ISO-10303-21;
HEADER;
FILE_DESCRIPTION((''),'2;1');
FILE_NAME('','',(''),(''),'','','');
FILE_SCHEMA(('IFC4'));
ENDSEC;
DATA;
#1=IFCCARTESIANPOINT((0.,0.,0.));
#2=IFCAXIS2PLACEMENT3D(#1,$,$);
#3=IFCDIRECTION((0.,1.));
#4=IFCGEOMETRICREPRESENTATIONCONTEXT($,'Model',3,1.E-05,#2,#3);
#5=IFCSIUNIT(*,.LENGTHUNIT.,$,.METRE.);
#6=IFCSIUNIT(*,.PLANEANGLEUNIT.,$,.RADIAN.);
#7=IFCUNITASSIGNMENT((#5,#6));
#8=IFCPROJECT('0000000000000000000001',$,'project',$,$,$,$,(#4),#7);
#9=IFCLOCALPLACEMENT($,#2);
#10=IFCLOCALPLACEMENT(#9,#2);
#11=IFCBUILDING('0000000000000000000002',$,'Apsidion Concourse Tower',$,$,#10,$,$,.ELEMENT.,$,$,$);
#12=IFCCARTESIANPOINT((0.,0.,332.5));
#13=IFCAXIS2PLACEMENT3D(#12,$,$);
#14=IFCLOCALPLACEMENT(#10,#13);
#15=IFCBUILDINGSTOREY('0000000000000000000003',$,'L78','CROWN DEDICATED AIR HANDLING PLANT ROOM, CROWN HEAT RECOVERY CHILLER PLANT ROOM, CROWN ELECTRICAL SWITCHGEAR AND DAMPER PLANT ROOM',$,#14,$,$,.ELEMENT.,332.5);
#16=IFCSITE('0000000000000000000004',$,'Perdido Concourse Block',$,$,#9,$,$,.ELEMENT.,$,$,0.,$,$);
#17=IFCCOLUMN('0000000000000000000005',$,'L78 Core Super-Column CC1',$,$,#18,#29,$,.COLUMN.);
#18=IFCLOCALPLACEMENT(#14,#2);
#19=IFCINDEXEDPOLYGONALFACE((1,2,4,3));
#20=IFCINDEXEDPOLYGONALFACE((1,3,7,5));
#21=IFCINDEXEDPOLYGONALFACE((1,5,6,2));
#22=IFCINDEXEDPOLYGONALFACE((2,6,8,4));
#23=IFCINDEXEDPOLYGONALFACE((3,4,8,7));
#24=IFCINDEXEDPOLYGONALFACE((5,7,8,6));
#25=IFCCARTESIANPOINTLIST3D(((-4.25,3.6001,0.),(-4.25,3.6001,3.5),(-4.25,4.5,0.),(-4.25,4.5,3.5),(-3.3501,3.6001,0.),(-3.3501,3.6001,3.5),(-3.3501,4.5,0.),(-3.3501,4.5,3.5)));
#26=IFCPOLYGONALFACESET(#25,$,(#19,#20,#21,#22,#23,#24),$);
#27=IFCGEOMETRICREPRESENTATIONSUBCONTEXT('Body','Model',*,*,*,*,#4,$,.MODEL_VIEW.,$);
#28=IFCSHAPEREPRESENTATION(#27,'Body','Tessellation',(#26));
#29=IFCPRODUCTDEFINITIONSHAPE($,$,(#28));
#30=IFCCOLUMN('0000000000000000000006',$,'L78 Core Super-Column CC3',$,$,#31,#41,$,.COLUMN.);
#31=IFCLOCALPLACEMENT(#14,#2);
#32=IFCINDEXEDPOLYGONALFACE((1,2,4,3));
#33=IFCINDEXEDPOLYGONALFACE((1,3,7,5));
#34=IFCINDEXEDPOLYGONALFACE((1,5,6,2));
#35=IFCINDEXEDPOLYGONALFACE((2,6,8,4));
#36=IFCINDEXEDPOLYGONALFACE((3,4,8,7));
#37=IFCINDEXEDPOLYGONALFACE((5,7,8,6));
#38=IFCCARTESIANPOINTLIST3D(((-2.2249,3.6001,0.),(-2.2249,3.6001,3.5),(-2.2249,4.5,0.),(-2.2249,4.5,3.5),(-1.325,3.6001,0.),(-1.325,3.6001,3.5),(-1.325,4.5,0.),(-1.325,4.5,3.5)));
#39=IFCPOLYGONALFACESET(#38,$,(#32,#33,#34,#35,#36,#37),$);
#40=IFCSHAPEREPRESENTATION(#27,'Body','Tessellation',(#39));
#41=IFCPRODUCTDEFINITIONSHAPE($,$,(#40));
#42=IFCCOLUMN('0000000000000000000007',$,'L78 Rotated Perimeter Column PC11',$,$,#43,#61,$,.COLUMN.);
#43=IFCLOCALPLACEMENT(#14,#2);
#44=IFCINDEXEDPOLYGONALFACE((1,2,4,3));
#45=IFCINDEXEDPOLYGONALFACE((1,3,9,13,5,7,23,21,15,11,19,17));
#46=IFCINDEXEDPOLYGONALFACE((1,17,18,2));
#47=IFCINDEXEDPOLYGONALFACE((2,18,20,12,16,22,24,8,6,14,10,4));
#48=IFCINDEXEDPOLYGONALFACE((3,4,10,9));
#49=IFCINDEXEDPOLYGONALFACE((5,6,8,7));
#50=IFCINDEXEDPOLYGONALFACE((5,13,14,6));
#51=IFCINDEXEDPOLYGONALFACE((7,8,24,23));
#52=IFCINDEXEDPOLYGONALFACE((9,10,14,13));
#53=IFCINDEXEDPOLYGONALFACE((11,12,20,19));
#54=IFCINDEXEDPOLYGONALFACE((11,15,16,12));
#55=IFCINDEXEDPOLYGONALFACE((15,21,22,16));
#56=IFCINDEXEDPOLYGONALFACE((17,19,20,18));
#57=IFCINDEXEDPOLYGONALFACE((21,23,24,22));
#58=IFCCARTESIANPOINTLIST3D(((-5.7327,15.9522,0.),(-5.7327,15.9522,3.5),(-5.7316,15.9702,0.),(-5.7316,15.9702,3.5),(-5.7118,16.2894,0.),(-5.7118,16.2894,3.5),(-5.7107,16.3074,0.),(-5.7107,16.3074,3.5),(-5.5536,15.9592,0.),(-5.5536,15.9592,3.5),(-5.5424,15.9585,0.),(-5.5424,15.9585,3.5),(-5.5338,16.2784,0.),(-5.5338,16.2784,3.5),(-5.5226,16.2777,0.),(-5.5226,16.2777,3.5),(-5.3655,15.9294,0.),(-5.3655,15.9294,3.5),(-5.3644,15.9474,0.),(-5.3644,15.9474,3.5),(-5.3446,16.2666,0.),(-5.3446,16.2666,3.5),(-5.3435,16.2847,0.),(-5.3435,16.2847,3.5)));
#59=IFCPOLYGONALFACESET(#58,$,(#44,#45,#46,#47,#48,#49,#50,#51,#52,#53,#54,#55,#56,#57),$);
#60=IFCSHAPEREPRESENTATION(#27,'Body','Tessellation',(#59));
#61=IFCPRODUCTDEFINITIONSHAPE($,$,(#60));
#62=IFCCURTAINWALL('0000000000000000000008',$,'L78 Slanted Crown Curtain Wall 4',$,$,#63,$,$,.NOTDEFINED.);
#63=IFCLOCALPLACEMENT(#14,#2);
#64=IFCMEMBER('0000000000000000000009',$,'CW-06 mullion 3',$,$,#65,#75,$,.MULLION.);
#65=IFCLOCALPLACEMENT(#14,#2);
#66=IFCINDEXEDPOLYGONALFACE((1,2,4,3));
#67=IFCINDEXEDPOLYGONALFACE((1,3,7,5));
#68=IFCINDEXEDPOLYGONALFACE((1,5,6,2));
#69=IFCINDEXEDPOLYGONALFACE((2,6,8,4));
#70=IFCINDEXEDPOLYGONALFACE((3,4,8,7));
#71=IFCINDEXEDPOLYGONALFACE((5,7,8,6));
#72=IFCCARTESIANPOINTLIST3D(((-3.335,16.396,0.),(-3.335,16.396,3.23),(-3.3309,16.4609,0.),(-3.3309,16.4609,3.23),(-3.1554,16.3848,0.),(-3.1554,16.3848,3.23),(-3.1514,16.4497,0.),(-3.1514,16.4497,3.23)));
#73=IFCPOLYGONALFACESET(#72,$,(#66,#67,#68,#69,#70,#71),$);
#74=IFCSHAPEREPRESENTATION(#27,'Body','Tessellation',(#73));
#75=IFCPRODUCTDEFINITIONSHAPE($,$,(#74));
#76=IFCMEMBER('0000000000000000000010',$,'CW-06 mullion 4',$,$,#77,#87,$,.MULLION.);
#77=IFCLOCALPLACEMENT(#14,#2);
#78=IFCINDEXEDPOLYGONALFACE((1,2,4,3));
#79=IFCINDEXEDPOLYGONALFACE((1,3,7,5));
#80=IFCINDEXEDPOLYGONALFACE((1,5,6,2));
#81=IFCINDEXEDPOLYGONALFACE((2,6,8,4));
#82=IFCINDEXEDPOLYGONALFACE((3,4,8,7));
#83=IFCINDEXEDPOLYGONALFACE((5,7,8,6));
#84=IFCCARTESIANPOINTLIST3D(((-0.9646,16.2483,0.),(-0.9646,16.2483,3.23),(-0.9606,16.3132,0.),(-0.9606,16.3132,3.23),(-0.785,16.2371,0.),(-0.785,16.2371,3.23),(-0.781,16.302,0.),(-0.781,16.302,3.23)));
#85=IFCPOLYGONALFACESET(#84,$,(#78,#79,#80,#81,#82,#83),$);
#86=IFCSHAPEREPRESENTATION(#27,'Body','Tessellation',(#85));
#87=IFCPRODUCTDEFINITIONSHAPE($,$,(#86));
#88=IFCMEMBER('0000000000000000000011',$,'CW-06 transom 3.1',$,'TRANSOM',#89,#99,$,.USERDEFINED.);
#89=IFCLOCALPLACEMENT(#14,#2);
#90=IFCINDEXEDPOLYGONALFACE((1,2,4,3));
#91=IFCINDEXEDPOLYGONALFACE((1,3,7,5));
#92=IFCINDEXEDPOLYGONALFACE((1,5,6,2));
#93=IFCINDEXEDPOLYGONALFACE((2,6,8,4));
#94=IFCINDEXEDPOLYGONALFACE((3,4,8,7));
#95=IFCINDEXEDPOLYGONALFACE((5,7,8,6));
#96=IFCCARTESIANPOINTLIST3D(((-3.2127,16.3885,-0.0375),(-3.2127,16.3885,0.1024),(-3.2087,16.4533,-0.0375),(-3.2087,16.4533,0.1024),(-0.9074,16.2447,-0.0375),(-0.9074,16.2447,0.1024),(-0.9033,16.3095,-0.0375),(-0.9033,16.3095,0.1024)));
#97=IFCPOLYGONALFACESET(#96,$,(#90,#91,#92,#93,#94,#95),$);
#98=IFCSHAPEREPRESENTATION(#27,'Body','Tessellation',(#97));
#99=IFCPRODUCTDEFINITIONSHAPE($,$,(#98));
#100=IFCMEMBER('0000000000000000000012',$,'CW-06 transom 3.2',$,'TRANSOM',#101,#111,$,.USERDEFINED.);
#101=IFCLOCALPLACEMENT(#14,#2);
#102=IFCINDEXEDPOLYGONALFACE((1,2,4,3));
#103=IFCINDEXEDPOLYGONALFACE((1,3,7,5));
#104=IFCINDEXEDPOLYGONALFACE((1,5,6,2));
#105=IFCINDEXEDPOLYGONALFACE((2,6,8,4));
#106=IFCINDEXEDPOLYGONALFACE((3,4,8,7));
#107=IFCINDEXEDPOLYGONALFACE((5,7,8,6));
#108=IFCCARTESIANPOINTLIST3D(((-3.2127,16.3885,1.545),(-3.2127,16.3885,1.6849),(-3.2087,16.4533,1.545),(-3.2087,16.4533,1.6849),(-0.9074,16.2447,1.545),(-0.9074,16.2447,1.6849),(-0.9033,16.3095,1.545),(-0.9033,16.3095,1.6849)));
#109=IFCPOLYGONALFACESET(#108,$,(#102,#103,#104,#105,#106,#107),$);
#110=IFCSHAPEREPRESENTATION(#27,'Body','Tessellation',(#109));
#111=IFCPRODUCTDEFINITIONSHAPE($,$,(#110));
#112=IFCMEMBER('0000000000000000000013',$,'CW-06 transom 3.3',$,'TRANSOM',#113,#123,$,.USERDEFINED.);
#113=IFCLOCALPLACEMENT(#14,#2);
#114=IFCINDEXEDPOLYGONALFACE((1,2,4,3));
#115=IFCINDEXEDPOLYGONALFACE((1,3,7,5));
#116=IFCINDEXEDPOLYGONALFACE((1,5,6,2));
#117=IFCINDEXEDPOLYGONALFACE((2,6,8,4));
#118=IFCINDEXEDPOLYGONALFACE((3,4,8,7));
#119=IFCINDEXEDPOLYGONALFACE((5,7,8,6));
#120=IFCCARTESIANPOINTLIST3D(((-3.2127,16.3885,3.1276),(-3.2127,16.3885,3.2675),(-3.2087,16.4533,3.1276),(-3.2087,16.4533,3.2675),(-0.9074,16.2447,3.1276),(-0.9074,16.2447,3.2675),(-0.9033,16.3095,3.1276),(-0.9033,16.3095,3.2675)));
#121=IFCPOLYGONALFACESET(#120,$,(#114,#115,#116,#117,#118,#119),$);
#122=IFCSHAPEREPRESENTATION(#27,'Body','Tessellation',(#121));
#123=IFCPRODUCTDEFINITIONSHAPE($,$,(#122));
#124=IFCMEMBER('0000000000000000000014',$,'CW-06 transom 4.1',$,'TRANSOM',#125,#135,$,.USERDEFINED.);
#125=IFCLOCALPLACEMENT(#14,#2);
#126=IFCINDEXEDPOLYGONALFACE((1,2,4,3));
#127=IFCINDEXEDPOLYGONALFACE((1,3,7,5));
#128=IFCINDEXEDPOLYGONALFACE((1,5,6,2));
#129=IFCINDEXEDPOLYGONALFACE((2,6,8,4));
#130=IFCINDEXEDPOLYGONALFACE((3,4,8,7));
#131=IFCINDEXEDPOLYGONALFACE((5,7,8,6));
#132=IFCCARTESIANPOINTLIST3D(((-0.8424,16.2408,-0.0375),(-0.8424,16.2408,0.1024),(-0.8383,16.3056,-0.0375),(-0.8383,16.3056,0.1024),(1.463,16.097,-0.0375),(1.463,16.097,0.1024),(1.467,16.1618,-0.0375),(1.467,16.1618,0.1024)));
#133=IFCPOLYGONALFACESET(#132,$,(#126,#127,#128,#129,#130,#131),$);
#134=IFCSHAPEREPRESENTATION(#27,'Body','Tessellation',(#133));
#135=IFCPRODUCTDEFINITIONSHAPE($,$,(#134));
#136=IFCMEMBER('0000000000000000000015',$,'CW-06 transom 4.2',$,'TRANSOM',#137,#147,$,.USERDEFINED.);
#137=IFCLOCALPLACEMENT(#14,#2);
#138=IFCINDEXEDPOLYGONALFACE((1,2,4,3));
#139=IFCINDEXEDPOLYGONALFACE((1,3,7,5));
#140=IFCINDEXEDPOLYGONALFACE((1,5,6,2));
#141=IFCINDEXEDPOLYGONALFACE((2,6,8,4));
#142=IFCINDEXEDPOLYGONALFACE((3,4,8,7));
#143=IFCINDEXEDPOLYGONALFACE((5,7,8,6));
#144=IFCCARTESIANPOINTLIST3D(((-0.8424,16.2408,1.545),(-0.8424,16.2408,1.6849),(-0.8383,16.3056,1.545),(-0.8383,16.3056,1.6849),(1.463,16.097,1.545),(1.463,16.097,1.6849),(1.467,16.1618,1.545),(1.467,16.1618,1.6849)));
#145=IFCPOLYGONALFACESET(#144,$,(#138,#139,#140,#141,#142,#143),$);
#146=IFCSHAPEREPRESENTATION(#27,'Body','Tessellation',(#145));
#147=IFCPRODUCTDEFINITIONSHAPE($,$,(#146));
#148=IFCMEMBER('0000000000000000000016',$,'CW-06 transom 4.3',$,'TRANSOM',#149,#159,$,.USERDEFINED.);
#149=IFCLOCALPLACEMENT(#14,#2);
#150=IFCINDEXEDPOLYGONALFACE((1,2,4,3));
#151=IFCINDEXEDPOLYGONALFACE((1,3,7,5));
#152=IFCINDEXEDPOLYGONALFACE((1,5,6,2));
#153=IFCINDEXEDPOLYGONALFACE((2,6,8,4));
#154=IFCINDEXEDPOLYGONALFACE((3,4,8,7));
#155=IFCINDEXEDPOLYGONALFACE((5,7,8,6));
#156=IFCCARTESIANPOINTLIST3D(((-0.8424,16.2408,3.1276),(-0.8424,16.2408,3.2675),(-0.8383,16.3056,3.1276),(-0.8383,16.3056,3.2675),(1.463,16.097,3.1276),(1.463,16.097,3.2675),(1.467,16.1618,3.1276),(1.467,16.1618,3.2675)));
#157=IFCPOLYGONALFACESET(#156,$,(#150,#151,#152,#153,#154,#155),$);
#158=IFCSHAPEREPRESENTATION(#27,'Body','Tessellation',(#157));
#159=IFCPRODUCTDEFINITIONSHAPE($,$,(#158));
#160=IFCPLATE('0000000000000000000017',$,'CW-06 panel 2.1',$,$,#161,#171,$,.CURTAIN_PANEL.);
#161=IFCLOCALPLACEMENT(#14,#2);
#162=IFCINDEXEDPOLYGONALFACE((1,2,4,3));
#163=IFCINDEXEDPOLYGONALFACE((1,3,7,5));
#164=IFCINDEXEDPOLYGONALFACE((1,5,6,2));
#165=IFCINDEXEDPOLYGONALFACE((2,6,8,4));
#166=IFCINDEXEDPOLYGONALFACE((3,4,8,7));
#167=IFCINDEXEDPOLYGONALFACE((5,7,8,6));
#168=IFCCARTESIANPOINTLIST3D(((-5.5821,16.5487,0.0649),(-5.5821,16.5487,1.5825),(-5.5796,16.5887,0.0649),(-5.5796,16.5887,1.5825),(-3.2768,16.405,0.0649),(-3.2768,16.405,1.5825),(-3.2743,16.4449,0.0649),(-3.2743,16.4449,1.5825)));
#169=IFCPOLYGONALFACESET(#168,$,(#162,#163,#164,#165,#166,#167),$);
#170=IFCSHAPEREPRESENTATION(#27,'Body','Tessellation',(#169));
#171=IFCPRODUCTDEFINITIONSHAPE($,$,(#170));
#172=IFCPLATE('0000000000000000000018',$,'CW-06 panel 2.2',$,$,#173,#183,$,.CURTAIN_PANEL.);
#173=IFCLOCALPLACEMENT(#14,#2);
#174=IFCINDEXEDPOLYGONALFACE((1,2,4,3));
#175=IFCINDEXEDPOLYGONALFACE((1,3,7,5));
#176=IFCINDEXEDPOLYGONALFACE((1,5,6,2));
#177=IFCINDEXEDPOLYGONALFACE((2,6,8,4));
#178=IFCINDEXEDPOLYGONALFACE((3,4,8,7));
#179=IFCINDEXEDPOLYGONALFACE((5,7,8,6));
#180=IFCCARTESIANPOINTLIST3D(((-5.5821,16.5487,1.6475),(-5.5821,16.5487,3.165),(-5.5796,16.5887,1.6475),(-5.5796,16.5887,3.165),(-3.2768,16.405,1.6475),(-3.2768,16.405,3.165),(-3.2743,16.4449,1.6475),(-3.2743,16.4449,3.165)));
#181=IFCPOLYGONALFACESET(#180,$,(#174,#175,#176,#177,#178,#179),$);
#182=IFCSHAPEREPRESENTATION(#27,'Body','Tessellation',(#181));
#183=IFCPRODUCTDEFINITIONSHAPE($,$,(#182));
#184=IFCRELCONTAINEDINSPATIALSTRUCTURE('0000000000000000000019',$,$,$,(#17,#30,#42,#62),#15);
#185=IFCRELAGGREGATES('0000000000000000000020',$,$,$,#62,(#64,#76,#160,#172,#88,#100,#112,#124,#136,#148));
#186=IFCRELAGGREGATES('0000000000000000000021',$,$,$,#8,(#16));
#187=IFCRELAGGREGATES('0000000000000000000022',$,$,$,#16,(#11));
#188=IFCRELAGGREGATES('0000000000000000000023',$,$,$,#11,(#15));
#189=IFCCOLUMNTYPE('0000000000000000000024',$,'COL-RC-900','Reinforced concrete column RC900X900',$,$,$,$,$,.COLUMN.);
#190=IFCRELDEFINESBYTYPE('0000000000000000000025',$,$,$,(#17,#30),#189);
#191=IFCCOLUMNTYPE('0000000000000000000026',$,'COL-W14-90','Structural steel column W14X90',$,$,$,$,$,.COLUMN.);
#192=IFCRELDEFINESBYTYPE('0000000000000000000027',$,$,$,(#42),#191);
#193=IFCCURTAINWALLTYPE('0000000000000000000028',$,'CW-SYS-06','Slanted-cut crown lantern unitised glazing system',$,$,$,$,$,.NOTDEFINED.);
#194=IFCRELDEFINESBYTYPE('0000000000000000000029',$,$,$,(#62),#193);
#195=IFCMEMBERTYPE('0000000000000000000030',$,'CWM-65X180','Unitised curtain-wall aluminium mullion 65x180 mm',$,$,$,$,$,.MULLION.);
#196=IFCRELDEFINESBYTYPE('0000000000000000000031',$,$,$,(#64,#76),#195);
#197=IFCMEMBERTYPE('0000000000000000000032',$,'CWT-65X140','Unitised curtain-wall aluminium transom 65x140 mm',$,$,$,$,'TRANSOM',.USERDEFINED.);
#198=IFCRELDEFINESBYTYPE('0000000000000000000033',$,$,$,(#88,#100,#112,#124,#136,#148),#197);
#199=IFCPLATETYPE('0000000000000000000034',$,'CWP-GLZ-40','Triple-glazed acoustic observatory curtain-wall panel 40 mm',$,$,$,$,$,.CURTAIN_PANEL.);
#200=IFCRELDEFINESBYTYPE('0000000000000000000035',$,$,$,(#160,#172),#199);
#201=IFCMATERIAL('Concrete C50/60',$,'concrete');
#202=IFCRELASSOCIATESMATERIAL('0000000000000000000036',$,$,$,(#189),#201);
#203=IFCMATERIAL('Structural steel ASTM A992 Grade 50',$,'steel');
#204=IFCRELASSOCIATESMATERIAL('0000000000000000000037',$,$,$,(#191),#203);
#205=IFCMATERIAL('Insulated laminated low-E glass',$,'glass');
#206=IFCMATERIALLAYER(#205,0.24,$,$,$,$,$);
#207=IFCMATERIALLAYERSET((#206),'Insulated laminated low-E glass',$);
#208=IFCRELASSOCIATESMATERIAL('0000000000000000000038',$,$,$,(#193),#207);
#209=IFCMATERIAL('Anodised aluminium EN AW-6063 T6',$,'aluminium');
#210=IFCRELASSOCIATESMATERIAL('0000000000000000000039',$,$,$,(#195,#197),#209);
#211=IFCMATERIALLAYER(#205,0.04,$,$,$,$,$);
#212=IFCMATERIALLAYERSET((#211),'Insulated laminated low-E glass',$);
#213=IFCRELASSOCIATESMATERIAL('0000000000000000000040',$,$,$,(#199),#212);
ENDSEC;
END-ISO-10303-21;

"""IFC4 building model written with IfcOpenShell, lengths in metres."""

from ifc_helpers import new_model, si_unit, direction, frame, origin, origin_2d, place, context, subcontext, project, spatial, rectangle, i_section, extrude, material, layer, layer_set, material_profile, profile_set, type_object, element, aggregate, save


model = new_model("IFC4")

# Units and contexts
model_context = context("Model", 3, precision=1e-05, world=origin(), true_north=direction((0.0, 1.0)))
body_context = subcontext(model_context, "Body", "Model", "MODEL_VIEW")
ifc_project = project(units=[si_unit("LENGTHUNIT", "METRE"), si_unit("PLANEANGLEUNIT", "RADIAN")], contexts=[model_context])

# Site, building, storey
site_placement = place(None, origin())
site = spatial("IfcSite", under=ifc_project, at=site_placement, Name="Perdido Concourse Block", CompositionType="ELEMENT", RefElevation=0.0)
building_placement = place(site_placement, origin())
building = spatial("IfcBuilding", under=site, at=building_placement, Name="Apsidion Concourse Tower", CompositionType="ELEMENT")
storey_placement = place(building_placement, frame((0.0, 0.0, 332.5)))
storey = spatial("IfcBuildingStorey", under=building, at=storey_placement, Name="L78", Description="CROWN DEDICATED AIR HANDLING PLANT ROOM, CROWN HEAT RECOVERY CHILLER PLANT ROOM, CROWN ELECTRICAL SWITCHGEAR AND DAMPER PLANT ROOM", CompositionType="ELEMENT", Elevation=332.5)

# Columns
ifc_material_1 = material(Name="Concrete C50/60", Category="concrete")
ifc_material_profile_1 = material_profile(ifc_material_1, rectangle(XDim=0.8999, YDim=0.8999, at=origin_2d()), Name="RC 900x900")
ifc_profile_set_1 = profile_set([ifc_material_profile_1], Name="Concrete C50/60")
column_type_1 = type_object("IfcColumnType", Name="COL-RC-900", Description="Reinforced concrete column RC900X900", PredefinedType="COLUMN", material=ifc_profile_set_1)
for number, where, z_axis, x_axis, name in (
    (1, (-3.8, 4.05, 0.0), (0.0, 0.0, 1.0), (1.0, 0.0, 0.0), "L78 Core Super-Column CC1"),
    (2, (-1.7749, 4.05, 0.0), (0.0, 0.0, 1.0), (1.0, 0.0, 0.0), "L78 Core Super-Column CC3"),
):
    element("IfcColumn", number, at=place(storey_placement, frame(where, z_axis=z_axis, x_axis=x_axis)), inside=storey, type_object=column_type_1, Name=name, PredefinedType="COLUMN", context=body_context, shape_type="SweptSolid", body=[
        extrude(rectangle(XDim=0.8999, YDim=0.8999, at=origin_2d()), origin(), (0.0, 0.0, 1.0), 3.5),
    ])
ifc_material_2 = material(Name="Structural steel ASTM A992 Grade 50", Category="steel")
ifc_material_profile_2 = material_profile(ifc_material_2, i_section(OverallWidth=0.3679, OverallDepth=0.356, WebThickness=0.0112, FlangeThickness=0.0181, at=origin_2d()), Name="W14X90")
ifc_profile_set_2 = profile_set([ifc_material_profile_2], Name="Structural steel ASTM A992 Grade 50")
column_type_2 = type_object("IfcColumnType", Name="COL-W14-90", Description="Structural steel column W14X90", PredefinedType="COLUMN", material=ifc_profile_set_2)
column_placement = place(storey_placement, frame((-5.5381, 16.1184, 0.0), z_axis=(0.0, 0.0, 1.0), x_axis=(-0.998081, 0.06192, 0.0)))
element("IfcColumn", 3, at=column_placement, inside=storey, type_object=column_type_2, Name="L78 Rotated Perimeter Column PC11", PredefinedType="COLUMN", context=body_context, shape_type="SweptSolid", body=[
    extrude(i_section(OverallWidth=0.3679, OverallDepth=0.356, WebThickness=0.0112, FlangeThickness=0.0181, at=origin_2d()), origin(), (0.0, 0.0, 1.0), 3.5),
])

# Curtain wall, members, plates
ifc_material_3 = material(Name="Insulated laminated low-E glass", Category="glass")
ifc_layer_1 = layer(ifc_material_3, 0.24)
ifc_layer_set_1 = layer_set([ifc_layer_1], Name="Insulated laminated low-E glass")
curtain_wall_type = type_object("IfcCurtainWallType", Name="CW-SYS-06", Description="Slanted-cut crown lantern unitised glazing system", PredefinedType="NOTDEFINED", material=ifc_layer_set_1)
curtain_wall_placement = place(storey_placement, origin())
curtain_wall = element("IfcCurtainWall", 4, at=curtain_wall_placement, inside=storey, type_object=curtain_wall_type, Name="L78 Slanted Crown Curtain Wall 4", PredefinedType="NOTDEFINED")
ifc_material_4 = material(Name="Anodised aluminium EN AW-6063 T6", Category="aluminium")
ifc_material_profile_3 = material_profile(ifc_material_4, rectangle(XDim=0.0649, YDim=0.1799, at=origin_2d()), Name="ALU MULLION 65x180")
ifc_profile_set_3 = profile_set([ifc_material_profile_3], Name="Anodised aluminium EN AW-6063 T6")
member_type_1 = type_object("IfcMemberType", Name="CWM-65X180", Description="Unitised curtain-wall aluminium mullion 65x180 mm", PredefinedType="MULLION", material=ifc_profile_set_3)
member_1_placement = place(storey_placement, frame((-3.2432, 16.4229, 0.0), z_axis=(0.0, 0.0, 1.0), x_axis=(0.062245, 0.998061, 0.0)))
member_1 = element("IfcMember", 5, at=member_1_placement, type_object=member_type_1, Name="CW-06 mullion 3", PredefinedType="MULLION", context=body_context, shape_type="SweptSolid", body=[
    extrude(rectangle(XDim=0.0649, YDim=0.1799, at=origin_2d()), origin(), (0.0, 0.0, 1.0), 3.23),
])
member_2_placement = place(storey_placement, frame((-0.8728, 16.2751, 0.0), z_axis=(0.0, 0.0, 1.0), x_axis=(0.062245, 0.998061, 0.0)))
member_2 = element("IfcMember", 6, at=member_2_placement, type_object=member_type_1, Name="CW-06 mullion 4", PredefinedType="MULLION", context=body_context, shape_type="SweptSolid", body=[
    extrude(rectangle(XDim=0.0649, YDim=0.1799, at=origin_2d()), origin(), (0.0, 0.0, 1.0), 3.23),
])
ifc_material_profile_4 = material_profile(ifc_material_4, rectangle(XDim=0.0649, YDim=0.1399, at=origin_2d()), Name="ALU TRANSOM 65x140")
ifc_profile_set_4 = profile_set([ifc_material_profile_4], Name="Anodised aluminium EN AW-6063 T6")
member_type_2 = type_object("IfcMemberType", Name="CWT-65X140", Description="Unitised curtain-wall aluminium transom 65x140 mm", ElementType="TRANSOM", PredefinedType="USERDEFINED", material=ifc_profile_set_4)
member_3_placement = place(storey_placement, frame((-3.2107, 16.4209, 0.0325), z_axis=(0.99806, -0.062253, 0.0), x_axis=(0.062253, 0.99806, 0.0)))
member_3 = element("IfcMember", 7, at=member_3_placement, type_object=member_type_2, Name="CW-06 transom 3.1", ObjectType="TRANSOM", PredefinedType="USERDEFINED", context=body_context, shape_type="SweptSolid", body=[
    extrude(rectangle(XDim=0.0649, YDim=0.1399, at=origin_2d()), origin(), (0.0, 0.0, 1.0), 2.3098),
])
member_4_placement = place(storey_placement, frame((-3.2107, 16.4209, 1.615), z_axis=(0.99806, -0.062253, 0.0), x_axis=(0.062253, 0.99806, 0.0)))
member_4 = element("IfcMember", 8, at=member_4_placement, type_object=member_type_2, Name="CW-06 transom 3.2", ObjectType="TRANSOM", PredefinedType="USERDEFINED", context=body_context, shape_type="SweptSolid", body=[
    extrude(rectangle(XDim=0.0649, YDim=0.1399, at=origin_2d()), origin(), (0.0, 0.0, 1.0), 2.3098),
])
member_5_placement = place(storey_placement, frame((-3.2107, 16.4209, 3.1975), z_axis=(0.99806, -0.062253, 0.0), x_axis=(0.062253, 0.99806, 0.0)))
member_5 = element("IfcMember", 9, at=member_5_placement, type_object=member_type_2, Name="CW-06 transom 3.3", ObjectType="TRANSOM", PredefinedType="USERDEFINED", context=body_context, shape_type="SweptSolid", body=[
    extrude(rectangle(XDim=0.0649, YDim=0.1399, at=origin_2d()), origin(), (0.0, 0.0, 1.0), 2.3098),
])
member_6_placement = place(storey_placement, frame((-0.8403, 16.2732, 0.0325), z_axis=(0.99806, -0.062253, 0.0), x_axis=(0.062253, 0.99806, 0.0)))
member_6 = element("IfcMember", 10, at=member_6_placement, type_object=member_type_2, Name="CW-06 transom 4.1", ObjectType="TRANSOM", PredefinedType="USERDEFINED", context=body_context, shape_type="SweptSolid", body=[
    extrude(rectangle(XDim=0.0649, YDim=0.1399, at=origin_2d()), origin(), (0.0, 0.0, 1.0), 2.3098),
])
member_7_placement = place(storey_placement, frame((-0.8403, 16.2732, 1.615), z_axis=(0.99806, -0.062253, 0.0), x_axis=(0.062253, 0.99806, 0.0)))
member_7 = element("IfcMember", 11, at=member_7_placement, type_object=member_type_2, Name="CW-06 transom 4.2", ObjectType="TRANSOM", PredefinedType="USERDEFINED", context=body_context, shape_type="SweptSolid", body=[
    extrude(rectangle(XDim=0.0649, YDim=0.1399, at=origin_2d()), origin(), (0.0, 0.0, 1.0), 2.3098),
])
member_8_placement = place(storey_placement, frame((-0.8403, 16.2732, 3.1975), z_axis=(0.99806, -0.062253, 0.0), x_axis=(0.062253, 0.99806, 0.0)))
member_8 = element("IfcMember", 12, at=member_8_placement, type_object=member_type_2, Name="CW-06 transom 4.3", ObjectType="TRANSOM", PredefinedType="USERDEFINED", context=body_context, shape_type="SweptSolid", body=[
    extrude(rectangle(XDim=0.0649, YDim=0.1399, at=origin_2d()), origin(), (0.0, 0.0, 1.0), 2.3098),
])
ifc_layer_2 = layer(ifc_material_3, 0.04)
ifc_layer_set_2 = layer_set([ifc_layer_2], Name="Insulated laminated low-E glass")
plate_type = type_object("IfcPlateType", Name="CWP-GLZ-40", Description="Triple-glazed acoustic observatory curtain-wall panel 40 mm", PredefinedType="CURTAIN_PANEL", material=ifc_layer_set_2)
plate_1_placement = place(storey_placement, frame((-4.4282, 16.4968, 0.0649), z_axis=(0.0, 0.0, 1.0), x_axis=(0.998061, -0.062245, 0.0)))
plate_1 = element("IfcPlate", 13, at=plate_1_placement, type_object=plate_type, Name="CW-06 panel 2.1", PredefinedType="CURTAIN_PANEL", context=body_context, shape_type="SweptSolid", body=[
    extrude(rectangle(XDim=2.3098, YDim=0.04, at=origin_2d()), origin(), (0.0, 0.0, 1.0), 1.5176),
])
plate_2_placement = place(storey_placement, frame((-4.4282, 16.4968, 1.6475), z_axis=(0.0, 0.0, 1.0), x_axis=(0.998061, -0.062245, 0.0)))
plate_2 = element("IfcPlate", 14, at=plate_2_placement, type_object=plate_type, Name="CW-06 panel 2.2", PredefinedType="CURTAIN_PANEL", context=body_context, shape_type="SweptSolid", body=[
    extrude(rectangle(XDim=2.3098, YDim=0.04, at=origin_2d()), origin(), (0.0, 0.0, 1.0), 1.5176),
])
aggregate(curtain_wall, [member_1, member_2, plate_1, plate_2, member_3, member_4, member_5, member_6, member_7, member_8])

save(model, "model.ifc")
